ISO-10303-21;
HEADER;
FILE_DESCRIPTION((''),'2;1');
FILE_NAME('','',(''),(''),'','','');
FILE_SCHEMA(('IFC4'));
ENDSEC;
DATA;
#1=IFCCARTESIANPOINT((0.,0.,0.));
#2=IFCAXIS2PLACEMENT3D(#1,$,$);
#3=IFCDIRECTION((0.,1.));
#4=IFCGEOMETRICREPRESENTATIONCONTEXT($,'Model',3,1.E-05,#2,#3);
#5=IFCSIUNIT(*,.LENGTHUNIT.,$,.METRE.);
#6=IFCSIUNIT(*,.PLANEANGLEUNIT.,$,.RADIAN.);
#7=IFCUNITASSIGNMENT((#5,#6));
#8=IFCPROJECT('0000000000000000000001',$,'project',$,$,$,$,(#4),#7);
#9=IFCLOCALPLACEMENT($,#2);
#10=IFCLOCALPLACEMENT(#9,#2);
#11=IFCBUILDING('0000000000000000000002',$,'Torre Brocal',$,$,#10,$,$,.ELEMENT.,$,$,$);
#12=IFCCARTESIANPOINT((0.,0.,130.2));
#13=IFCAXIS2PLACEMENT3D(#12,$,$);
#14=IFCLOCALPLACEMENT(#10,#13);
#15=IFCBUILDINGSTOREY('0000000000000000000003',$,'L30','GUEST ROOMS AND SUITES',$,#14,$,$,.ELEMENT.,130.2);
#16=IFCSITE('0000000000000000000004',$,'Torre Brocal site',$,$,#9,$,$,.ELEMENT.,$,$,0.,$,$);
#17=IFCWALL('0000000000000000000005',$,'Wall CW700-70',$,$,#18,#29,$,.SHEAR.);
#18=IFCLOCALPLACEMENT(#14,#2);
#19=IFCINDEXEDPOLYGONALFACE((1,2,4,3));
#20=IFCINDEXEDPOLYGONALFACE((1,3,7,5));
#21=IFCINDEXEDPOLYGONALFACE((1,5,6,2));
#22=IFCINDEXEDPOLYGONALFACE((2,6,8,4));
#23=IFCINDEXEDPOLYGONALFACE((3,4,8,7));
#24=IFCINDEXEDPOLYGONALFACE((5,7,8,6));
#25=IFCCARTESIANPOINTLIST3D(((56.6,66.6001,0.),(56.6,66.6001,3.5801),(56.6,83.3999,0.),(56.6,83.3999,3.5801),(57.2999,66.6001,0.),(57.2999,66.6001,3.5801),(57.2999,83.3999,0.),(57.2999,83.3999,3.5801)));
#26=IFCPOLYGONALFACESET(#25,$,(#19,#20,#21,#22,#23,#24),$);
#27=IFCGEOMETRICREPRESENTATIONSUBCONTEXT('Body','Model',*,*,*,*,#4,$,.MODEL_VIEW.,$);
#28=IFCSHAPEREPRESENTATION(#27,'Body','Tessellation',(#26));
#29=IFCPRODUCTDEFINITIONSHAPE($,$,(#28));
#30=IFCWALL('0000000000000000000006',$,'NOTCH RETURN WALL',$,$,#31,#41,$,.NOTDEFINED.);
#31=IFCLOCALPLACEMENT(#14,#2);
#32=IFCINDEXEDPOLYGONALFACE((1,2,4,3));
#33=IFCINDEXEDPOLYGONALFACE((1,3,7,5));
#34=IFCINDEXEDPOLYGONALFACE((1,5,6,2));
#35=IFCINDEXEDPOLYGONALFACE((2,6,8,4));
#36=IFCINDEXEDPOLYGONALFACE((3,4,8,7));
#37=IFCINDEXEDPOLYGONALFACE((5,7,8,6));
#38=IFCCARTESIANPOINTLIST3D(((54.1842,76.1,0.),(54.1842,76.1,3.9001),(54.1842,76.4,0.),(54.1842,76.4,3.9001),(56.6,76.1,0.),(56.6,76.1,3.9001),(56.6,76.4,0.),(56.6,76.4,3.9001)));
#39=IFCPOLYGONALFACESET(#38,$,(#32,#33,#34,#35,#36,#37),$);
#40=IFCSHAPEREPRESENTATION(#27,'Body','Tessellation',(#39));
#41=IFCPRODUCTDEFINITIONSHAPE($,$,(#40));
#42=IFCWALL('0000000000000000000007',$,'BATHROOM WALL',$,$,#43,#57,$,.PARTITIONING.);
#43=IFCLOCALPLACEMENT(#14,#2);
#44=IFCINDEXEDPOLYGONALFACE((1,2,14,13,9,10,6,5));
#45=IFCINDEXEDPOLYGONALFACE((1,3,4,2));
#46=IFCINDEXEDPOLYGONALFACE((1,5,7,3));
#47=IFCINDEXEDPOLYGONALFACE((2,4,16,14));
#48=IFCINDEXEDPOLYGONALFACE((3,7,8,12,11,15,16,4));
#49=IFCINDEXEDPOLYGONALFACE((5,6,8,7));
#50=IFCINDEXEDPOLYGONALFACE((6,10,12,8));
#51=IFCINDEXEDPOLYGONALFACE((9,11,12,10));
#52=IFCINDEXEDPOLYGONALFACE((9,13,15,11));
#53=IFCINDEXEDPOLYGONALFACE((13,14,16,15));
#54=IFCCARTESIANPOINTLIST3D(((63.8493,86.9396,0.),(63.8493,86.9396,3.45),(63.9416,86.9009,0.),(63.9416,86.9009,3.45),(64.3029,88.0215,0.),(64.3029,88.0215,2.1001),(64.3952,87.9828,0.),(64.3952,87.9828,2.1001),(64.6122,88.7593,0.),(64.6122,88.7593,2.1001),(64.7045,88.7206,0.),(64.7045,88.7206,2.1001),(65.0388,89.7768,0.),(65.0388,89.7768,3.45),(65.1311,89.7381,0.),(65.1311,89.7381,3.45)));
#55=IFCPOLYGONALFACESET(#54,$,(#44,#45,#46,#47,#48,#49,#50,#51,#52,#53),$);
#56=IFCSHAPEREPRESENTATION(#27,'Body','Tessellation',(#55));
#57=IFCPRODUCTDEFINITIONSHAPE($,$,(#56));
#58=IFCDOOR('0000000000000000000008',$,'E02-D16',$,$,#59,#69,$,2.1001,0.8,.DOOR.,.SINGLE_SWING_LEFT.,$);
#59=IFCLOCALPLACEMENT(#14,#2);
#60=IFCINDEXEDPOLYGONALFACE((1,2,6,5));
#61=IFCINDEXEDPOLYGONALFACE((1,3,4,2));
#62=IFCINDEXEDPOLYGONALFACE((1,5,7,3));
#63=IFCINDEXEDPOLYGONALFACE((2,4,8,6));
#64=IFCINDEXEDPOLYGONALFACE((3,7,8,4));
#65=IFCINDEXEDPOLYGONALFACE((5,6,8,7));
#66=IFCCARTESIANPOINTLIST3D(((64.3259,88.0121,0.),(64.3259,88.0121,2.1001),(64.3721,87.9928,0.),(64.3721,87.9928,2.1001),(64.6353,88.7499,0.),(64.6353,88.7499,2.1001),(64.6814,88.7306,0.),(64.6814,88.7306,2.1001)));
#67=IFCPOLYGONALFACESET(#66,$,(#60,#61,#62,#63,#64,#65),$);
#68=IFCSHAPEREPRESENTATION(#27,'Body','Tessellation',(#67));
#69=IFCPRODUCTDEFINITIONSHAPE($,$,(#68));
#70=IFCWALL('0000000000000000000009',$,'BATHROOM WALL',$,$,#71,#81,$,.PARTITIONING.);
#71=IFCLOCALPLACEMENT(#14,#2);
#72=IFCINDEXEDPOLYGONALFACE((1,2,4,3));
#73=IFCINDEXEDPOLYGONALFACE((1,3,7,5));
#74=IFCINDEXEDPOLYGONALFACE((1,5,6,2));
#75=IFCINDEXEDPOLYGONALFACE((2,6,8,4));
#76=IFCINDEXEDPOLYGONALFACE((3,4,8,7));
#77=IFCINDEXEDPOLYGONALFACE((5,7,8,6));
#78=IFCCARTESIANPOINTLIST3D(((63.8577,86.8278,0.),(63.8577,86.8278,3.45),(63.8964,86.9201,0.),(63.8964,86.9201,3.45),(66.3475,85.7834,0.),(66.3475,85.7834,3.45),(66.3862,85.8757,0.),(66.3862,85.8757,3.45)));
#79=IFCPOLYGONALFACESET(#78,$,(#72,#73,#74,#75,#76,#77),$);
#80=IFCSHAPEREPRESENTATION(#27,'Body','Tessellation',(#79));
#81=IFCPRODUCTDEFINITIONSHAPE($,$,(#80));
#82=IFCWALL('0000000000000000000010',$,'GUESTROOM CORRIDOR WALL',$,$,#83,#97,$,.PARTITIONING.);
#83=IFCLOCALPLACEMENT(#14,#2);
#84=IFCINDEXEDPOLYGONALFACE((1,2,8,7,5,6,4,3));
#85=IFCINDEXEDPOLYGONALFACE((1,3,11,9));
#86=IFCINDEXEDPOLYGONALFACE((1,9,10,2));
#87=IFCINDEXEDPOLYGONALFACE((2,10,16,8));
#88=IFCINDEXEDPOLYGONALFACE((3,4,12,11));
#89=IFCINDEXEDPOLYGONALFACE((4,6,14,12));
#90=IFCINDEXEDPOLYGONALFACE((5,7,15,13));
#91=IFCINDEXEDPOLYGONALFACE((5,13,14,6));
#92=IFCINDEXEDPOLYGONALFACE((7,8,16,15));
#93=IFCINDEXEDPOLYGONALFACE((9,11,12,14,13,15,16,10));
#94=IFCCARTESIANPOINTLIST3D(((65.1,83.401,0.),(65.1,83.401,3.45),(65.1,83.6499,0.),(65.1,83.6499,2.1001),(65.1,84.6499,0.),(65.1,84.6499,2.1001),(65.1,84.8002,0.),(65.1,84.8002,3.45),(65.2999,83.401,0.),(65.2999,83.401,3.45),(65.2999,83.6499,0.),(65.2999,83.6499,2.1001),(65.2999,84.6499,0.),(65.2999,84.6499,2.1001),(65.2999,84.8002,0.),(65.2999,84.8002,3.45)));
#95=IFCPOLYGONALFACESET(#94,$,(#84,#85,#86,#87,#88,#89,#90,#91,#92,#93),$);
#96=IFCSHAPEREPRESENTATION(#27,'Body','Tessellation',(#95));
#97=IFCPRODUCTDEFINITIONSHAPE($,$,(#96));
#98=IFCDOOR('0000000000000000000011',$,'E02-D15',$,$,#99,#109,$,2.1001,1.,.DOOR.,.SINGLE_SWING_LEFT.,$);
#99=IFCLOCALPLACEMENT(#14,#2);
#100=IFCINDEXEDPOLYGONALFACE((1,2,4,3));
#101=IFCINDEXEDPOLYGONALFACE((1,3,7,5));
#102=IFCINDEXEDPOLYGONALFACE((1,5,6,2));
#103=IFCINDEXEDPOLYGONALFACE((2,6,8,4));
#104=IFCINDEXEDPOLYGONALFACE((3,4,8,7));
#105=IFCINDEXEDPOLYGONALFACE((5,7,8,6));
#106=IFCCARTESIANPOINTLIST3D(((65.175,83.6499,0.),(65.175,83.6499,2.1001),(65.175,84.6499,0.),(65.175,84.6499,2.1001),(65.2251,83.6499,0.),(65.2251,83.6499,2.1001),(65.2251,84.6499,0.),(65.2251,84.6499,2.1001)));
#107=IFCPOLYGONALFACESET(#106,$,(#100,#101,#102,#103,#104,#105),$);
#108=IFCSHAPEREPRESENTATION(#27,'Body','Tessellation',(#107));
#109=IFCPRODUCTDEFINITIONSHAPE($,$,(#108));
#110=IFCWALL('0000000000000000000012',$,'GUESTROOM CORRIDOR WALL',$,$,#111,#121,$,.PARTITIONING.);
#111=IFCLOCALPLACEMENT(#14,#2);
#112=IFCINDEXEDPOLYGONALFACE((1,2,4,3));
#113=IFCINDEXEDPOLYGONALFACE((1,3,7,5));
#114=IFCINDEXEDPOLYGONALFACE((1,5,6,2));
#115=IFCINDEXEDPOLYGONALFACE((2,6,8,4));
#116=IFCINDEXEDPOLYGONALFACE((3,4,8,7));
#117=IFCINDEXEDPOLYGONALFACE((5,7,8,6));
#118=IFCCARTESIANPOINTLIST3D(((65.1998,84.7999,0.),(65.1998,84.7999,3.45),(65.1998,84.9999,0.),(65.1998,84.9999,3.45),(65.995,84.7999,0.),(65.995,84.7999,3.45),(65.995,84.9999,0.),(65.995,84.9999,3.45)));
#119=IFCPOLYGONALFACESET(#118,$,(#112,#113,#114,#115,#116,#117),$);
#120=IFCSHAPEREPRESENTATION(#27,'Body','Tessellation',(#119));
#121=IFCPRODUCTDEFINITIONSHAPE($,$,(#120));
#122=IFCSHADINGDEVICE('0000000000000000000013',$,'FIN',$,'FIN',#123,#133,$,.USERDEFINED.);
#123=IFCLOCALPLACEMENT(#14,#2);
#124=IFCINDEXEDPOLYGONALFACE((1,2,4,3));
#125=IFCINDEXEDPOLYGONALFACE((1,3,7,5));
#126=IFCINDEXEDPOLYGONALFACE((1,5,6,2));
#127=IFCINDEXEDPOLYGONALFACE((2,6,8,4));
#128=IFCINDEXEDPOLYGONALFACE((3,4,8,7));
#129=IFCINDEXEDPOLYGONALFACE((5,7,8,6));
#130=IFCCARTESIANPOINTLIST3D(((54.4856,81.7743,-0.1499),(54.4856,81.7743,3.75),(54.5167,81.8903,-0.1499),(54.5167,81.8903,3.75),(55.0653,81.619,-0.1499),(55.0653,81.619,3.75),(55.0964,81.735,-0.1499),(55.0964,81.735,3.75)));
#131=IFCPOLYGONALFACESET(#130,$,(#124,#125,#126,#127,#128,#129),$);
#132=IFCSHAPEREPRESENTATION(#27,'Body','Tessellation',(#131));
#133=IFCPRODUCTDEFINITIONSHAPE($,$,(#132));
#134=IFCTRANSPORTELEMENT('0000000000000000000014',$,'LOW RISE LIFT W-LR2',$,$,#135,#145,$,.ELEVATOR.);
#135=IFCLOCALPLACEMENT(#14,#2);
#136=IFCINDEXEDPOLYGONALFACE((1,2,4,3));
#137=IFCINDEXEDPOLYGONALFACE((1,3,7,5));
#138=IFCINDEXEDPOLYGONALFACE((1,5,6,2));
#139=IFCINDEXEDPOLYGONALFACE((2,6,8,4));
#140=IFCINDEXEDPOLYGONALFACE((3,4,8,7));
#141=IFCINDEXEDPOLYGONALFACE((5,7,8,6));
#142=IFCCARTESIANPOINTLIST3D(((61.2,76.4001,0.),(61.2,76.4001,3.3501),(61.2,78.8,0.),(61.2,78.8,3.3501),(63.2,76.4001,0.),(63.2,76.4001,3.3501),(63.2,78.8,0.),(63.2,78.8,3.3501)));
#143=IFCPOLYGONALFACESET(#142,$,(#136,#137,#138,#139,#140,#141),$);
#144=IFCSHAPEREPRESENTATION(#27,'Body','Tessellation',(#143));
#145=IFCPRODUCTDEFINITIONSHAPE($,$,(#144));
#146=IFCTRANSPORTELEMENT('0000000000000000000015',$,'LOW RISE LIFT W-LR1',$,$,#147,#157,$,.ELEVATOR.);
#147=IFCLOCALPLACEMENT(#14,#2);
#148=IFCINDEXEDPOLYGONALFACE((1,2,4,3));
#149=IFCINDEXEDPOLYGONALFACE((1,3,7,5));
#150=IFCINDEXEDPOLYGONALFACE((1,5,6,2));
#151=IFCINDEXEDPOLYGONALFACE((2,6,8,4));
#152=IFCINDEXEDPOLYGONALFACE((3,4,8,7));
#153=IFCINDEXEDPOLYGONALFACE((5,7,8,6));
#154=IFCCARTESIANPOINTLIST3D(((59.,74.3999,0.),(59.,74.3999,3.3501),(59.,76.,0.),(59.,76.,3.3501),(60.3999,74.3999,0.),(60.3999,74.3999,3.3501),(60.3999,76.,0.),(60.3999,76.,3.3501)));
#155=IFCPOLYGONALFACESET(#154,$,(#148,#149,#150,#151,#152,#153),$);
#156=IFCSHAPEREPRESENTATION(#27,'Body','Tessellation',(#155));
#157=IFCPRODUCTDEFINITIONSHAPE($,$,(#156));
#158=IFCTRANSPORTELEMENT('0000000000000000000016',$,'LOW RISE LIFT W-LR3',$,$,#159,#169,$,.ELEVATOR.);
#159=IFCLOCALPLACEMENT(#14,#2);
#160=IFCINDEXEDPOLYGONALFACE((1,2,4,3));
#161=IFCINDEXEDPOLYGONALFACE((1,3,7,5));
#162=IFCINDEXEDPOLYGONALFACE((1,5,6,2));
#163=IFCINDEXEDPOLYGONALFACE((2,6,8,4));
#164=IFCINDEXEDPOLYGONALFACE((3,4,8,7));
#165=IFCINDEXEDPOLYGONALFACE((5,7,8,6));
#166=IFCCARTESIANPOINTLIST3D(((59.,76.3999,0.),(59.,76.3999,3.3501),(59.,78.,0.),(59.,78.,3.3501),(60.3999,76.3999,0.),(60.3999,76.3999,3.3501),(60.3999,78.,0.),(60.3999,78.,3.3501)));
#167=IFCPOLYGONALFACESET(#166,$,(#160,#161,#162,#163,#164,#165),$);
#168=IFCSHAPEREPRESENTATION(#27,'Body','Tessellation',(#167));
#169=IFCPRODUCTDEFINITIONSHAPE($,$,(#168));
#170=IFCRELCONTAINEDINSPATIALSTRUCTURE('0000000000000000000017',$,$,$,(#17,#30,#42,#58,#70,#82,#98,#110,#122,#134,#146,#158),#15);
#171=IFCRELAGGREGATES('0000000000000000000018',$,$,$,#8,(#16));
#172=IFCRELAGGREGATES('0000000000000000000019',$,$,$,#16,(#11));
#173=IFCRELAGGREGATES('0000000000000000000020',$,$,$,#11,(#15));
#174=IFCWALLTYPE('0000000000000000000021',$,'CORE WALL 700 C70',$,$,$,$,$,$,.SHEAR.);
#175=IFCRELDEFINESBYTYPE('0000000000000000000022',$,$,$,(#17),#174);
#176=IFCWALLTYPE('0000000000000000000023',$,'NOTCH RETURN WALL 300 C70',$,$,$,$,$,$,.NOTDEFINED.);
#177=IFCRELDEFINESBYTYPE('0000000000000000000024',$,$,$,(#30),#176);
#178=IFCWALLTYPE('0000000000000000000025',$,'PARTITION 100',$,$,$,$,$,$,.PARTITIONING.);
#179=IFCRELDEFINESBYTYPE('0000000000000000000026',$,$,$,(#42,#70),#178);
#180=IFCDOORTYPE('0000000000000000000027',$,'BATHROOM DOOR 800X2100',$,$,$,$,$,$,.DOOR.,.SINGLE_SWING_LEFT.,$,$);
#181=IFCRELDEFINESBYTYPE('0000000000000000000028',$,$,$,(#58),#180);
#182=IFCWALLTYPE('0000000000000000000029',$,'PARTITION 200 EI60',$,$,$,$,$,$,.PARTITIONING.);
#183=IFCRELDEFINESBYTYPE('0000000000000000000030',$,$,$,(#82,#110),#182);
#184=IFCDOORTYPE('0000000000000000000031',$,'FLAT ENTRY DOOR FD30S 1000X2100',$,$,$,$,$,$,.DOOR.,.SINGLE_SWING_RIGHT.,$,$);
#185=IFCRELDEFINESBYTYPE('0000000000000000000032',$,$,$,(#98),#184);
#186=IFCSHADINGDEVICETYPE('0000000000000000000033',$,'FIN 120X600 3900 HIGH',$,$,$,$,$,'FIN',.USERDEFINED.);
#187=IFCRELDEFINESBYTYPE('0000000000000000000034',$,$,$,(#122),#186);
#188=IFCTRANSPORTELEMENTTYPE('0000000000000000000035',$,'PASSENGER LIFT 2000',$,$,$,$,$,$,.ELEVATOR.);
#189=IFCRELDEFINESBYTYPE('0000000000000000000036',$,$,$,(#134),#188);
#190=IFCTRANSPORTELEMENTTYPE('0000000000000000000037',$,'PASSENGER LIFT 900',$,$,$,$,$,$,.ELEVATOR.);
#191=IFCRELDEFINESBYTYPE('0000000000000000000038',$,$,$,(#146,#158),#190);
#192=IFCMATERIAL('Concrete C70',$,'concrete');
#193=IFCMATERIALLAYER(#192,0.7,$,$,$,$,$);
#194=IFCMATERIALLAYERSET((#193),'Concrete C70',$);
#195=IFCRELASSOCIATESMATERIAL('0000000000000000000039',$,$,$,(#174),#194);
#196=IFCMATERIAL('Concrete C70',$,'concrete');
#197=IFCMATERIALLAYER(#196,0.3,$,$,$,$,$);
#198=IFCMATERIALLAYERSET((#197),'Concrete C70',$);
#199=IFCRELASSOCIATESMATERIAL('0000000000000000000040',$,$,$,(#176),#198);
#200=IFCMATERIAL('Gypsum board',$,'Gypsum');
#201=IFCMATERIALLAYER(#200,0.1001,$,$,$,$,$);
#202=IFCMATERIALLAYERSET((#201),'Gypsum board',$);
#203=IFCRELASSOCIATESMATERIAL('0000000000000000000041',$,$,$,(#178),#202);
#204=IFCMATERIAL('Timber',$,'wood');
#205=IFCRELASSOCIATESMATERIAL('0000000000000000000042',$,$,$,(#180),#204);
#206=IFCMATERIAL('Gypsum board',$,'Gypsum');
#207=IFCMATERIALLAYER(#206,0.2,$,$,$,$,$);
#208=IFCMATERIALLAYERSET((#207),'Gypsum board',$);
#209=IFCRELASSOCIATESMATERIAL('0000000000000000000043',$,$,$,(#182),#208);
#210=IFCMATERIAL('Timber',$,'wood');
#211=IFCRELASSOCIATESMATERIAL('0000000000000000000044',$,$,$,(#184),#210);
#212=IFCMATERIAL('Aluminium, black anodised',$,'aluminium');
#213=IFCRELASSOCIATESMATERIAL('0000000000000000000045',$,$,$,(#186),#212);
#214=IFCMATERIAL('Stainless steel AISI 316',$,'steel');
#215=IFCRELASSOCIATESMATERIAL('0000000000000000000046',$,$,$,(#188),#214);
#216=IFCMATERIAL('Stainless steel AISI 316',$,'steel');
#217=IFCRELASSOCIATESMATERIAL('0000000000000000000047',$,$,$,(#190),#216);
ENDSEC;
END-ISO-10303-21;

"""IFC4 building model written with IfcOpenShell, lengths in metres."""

from ifc_helpers import new_model, si_unit, direction, frame, frame_2d, origin, origin_2d, place, context, subcontext, project, spatial, rectangle, extrude, material, layer, layer_set, material_profile, profile_set, type_object, element, fill, save


model = new_model("IFC4")

# Units and contexts
model_context = context("Model", 3, precision=1e-05, world=origin(), true_north=direction((0.0, 1.0)))
body_context = subcontext(model_context, "Body", "Model", "MODEL_VIEW")
ifc_project = project(units=[si_unit("LENGTHUNIT", "METRE"), si_unit("PLANEANGLEUNIT", "RADIAN")], contexts=[model_context])

# Site, building, storey
site_placement = place(None, origin())
site = spatial("IfcSite", under=ifc_project, at=site_placement, Name="Torre Brocal site", CompositionType="ELEMENT", RefElevation=0.0)
building_placement = place(site_placement, origin())
building = spatial("IfcBuilding", under=site, at=building_placement, Name="Torre Brocal", CompositionType="ELEMENT")
storey_placement = place(building_placement, frame((0.0, 0.0, 130.2)))
storey = spatial("IfcBuildingStorey", under=building, at=storey_placement, Name="L30", Description="GUEST ROOMS AND SUITES", CompositionType="ELEMENT", Elevation=130.2)

# Walls
ifc_material_1 = material(Name="Concrete C70", Category="concrete")
ifc_layer_1 = layer(ifc_material_1, 0.7)
ifc_layer_set_1 = layer_set([ifc_layer_1], Name="Concrete C70")
wall_type_1 = type_object("IfcWallType", Name="CORE WALL 700 C70", PredefinedType="SHEAR", material=ifc_layer_set_1)
wall_1_placement = place(storey_placement, frame((56.95, 83.3999, 0.0), z_axis=(0.0, 0.0, 1.0), x_axis=(0.0, -1.0, 0.0)))
element("IfcWall", 1, at=wall_1_placement, inside=storey, type_object=wall_type_1, Name="Wall CW700-70", PredefinedType="SHEAR", context=body_context, shape_type="SweptSolid", body=[
    extrude(rectangle(XDim=16.7998, YDim=0.7, at=frame_2d((8.3999, 0.0))), origin(), (0.0, 0.0, 1.0), 3.5801),
])
ifc_material_2 = material(Name="Concrete C70", Category="concrete")
ifc_layer_2 = layer(ifc_material_2, 0.3)
ifc_layer_set_2 = layer_set([ifc_layer_2], Name="Concrete C70")
wall_type_2 = type_object("IfcWallType", Name="NOTCH RETURN WALL 300 C70", PredefinedType="NOTDEFINED", material=ifc_layer_set_2)
wall_2_placement = place(storey_placement, frame((56.6001, 76.25, 0.0), z_axis=(0.0, 0.0, 1.0), x_axis=(-1.0, 0.0, 0.0)))
element("IfcWall", 2, at=wall_2_placement, inside=storey, type_object=wall_type_2, Name="NOTCH RETURN WALL", PredefinedType="NOTDEFINED", context=body_context, shape_type="SweptSolid", body=[
    extrude(rectangle(XDim=2.4158, YDim=0.3, at=frame_2d((1.208, 0.0))), origin(), (0.0, 0.0, 1.0), 3.9001),
])

# Wall, opening, door
ifc_material_3 = material(Name="Gypsum board", Category="Gypsum")
ifc_layer_3 = layer(ifc_material_3, 0.1001)
ifc_layer_set_3 = layer_set([ifc_layer_3], Name="Gypsum board")
wall_type_3 = type_object("IfcWallType", Name="PARTITION 100", PredefinedType="PARTITIONING", material=ifc_layer_set_3)
wall_3_placement = place(storey_placement, frame((63.8955, 86.9204, 0.0), z_axis=(0.0, 0.0, 1.0), x_axis=(0.386637, 0.922232, 0.0)))
wall_3 = element("IfcWall", 3, at=wall_3_placement, inside=storey, type_object=wall_type_3, Name="BATHROOM WALL", PredefinedType="PARTITIONING", context=body_context, shape_type="SweptSolid", body=[
    extrude(rectangle(XDim=3.0764, YDim=0.1001, at=frame_2d((1.5381, 0.0))), origin(), (0.0, 0.0, 1.0), 3.45),
])
opening_1_placement = place(wall_3_placement, frame((1.1731, 0.0, 0.0)))
opening_1 = element("IfcOpeningElement", 4, at=opening_1_placement, cuts=wall_3, PredefinedType="OPENING", context=body_context, shape_type="SweptSolid", body=[
    extrude(rectangle(XDim=0.8, YDim=2.1001, at=frame_2d((0.3999, 1.05))), frame((0.0, 0.0601, 0.0), z_axis=(0.0, -1.0, 0.0), x_axis=(1.0, 0.0, 0.0)), (0.0, 0.0, 1.0), 0.1201),
])
ifc_material_4 = material(Name="Timber", Category="wood")
door_type_1 = type_object("IfcDoorType", Name="BATHROOM DOOR 800X2100", OperationType="SINGLE_SWING_LEFT", PredefinedType="DOOR", material=ifc_material_4)
door_1_placement = place(opening_1_placement, frame((0.8, 0.0, 0.0), z_axis=(0.0, 0.0, 1.0), x_axis=(-1.0, 0.0, 0.0)))
door_1 = element("IfcDoor", 5, at=door_1_placement, inside=storey, type_object=door_type_1, Name="E02-D16", OperationType="SINGLE_SWING_LEFT", OverallHeight=2.1001, OverallWidth=0.8, PredefinedType="DOOR", context=body_context, shape_type="SweptSolid", body=[
    extrude(rectangle(XDim=0.8, YDim=2.1001, at=frame_2d((0.3999, 1.05))), frame((0.0, 0.0249, 0.0), z_axis=(0.0, -1.0, 0.0), x_axis=(1.0, 0.0, 0.0)), (0.0, 0.0, 1.0), 0.05),
])
fill(opening_1, door_1)

# Wall
wall_4_placement = place(storey_placement, frame((63.877, 86.874, 0.0), z_axis=(0.0, 0.0, 1.0), x_axis=(0.922149, -0.386836, 0.0)))
element("IfcWall", 6, at=wall_4_placement, inside=storey, type_object=wall_type_3, Name="BATHROOM WALL", PredefinedType="PARTITIONING", context=body_context, shape_type="SweptSolid", body=[
    extrude(rectangle(XDim=2.7, YDim=0.1001, at=frame_2d((1.3501, 0.0))), origin(), (0.0, 0.0, 1.0), 3.45),
])

# Wall, opening, door
ifc_material_5 = material(Name="Gypsum board", Category="Gypsum")
ifc_layer_4 = layer(ifc_material_5, 0.2)
ifc_layer_set_4 = layer_set([ifc_layer_4], Name="Gypsum board")
wall_type_4 = type_object("IfcWallType", Name="PARTITION 200 EI60", PredefinedType="PARTITIONING", material=ifc_layer_set_4)
wall_5_placement = place(storey_placement, frame((65.2, 83.4009, 0.0), z_axis=(0.0, 0.0, 1.0), x_axis=(0.0, 1.0, 0.0)))
wall_5 = element("IfcWall", 7, at=wall_5_placement, inside=storey, type_object=wall_type_4, Name="GUESTROOM CORRIDOR WALL", PredefinedType="PARTITIONING", context=body_context, shape_type="SweptSolid", body=[
    extrude(rectangle(XDim=1.3992, YDim=0.2, at=frame_2d((0.6997, 0.0))), origin(), (0.0, 0.0, 1.0), 3.45),
])
opening_2_placement = place(wall_5_placement, frame((0.249, 0.0, 0.0)))
opening_2 = element("IfcOpeningElement", 8, at=opening_2_placement, cuts=wall_5, PredefinedType="OPENING", context=body_context, shape_type="SweptSolid", body=[
    extrude(rectangle(XDim=1.0, YDim=2.1001, at=frame_2d((0.5, 1.05))), frame((0.0, 0.1099, 0.0), z_axis=(0.0, -1.0, 0.0), x_axis=(1.0, 0.0, 0.0)), (0.0, 0.0, 1.0), 0.22),
])
ifc_material_6 = material(Name="Timber", Category="wood")
door_type_2 = type_object("IfcDoorType", Name="FLAT ENTRY DOOR FD30S 1000X2100", OperationType="SINGLE_SWING_RIGHT", PredefinedType="DOOR", material=ifc_material_6)
door_2_placement = place(opening_2_placement, origin())
door_2 = element("IfcDoor", 9, at=door_2_placement, inside=storey, type_object=door_type_2, Name="E02-D15", OperationType="SINGLE_SWING_LEFT", OverallHeight=2.1001, OverallWidth=1.0, PredefinedType="DOOR", context=body_context, shape_type="SweptSolid", body=[
    extrude(rectangle(XDim=1.0, YDim=2.1001, at=frame_2d((0.5, 1.05))), frame((0.0, 0.0249, 0.0), z_axis=(0.0, -1.0, 0.0), x_axis=(1.0, 0.0, 0.0)), (0.0, 0.0, 1.0), 0.05),
])
fill(opening_2, door_2)

# Wall
wall_6_placement = place(storey_placement, frame((65.2, 84.8999, 0.0), z_axis=(0.0, 0.0, 1.0), x_axis=(1.0, 0.0, 0.0)))
element("IfcWall", 10, at=wall_6_placement, inside=storey, type_object=wall_type_4, Name="GUESTROOM CORRIDOR WALL", PredefinedType="PARTITIONING", context=body_context, shape_type="SweptSolid", body=[
    extrude(rectangle(XDim=0.7952, YDim=0.2, at=frame_2d((0.3975, 0.0))), origin(), (0.0, 0.0, 1.0), 3.45),
])

# Shading device
ifc_material_7 = material(Name="Aluminium, black anodised", Category="aluminium")
ifc_material_profile_1 = material_profile(ifc_material_7, rectangle(XDim=0.1201, YDim=0.6001, at=origin_2d()), Name="FIN 120X600 3900 HIGH")
ifc_profile_set_1 = profile_set([ifc_material_profile_1], Name="Aluminium, black anodised")
shading_device_type = type_object("IfcShadingDeviceType", Name="FIN 120X600 3900 HIGH", ElementType="FIN", PredefinedType="USERDEFINED", material=ifc_profile_set_1)
shading_device_placement = place(storey_placement, frame((54.791, 81.7546, -0.1499), z_axis=(0.0, 0.0, 1.0), x_axis=(-0.258819, -0.965926, 0.0)))
element("IfcShadingDevice", 11, at=shading_device_placement, inside=storey, type_object=shading_device_type, Name="FIN", ObjectType="FIN", PredefinedType="USERDEFINED", context=body_context, shape_type="SweptSolid", body=[
    extrude(rectangle(XDim=0.1201, YDim=0.6001, at=origin_2d()), origin(), (0.0, 0.0, 1.0), 3.8999),
])

# Transport elements
ifc_material_8 = material(Name="Stainless steel AISI 316", Category="steel")
transport_element_type_1 = type_object("IfcTransportElementType", Name="PASSENGER LIFT 2000", PredefinedType="ELEVATOR", material=ifc_material_8)
transport_element_placement = place(storey_placement, frame((62.2, 77.6001, 0.0), z_axis=(0.0, 0.0, 1.0), x_axis=(1.0, 0.0, 0.0)))
element("IfcTransportElement", 12, at=transport_element_placement, inside=storey, type_object=transport_element_type_1, Name="LOW RISE LIFT W-LR2", PredefinedType="ELEVATOR", context=body_context, shape_type="SweptSolid", body=[
    extrude(rectangle(XDim=2.0, YDim=2.3999, at=origin_2d()), origin(), (0.0, 0.0, 1.0), 3.3501),
])
ifc_material_9 = material(Name="Stainless steel AISI 316", Category="steel")
transport_element_type_2 = type_object("IfcTransportElementType", Name="PASSENGER LIFT 900", PredefinedType="ELEVATOR", material=ifc_material_9)
for number, where, z_axis, x_axis, name in (
    (13, (59.7, 75.2, 0.0), (0.0, 0.0, 1.0), (1.0, 0.0, 0.0), "LOW RISE LIFT W-LR1"),
    (14, (59.7, 77.2, 0.0), (0.0, 0.0, 1.0), (1.0, 0.0, 0.0), "LOW RISE LIFT W-LR3"),
):
    element("IfcTransportElement", number, at=place(storey_placement, frame(where, z_axis=z_axis, x_axis=x_axis)), inside=storey, type_object=transport_element_type_2, Name=name, PredefinedType="ELEVATOR", context=body_context, shape_type="SweptSolid", body=[
        extrude(rectangle(XDim=1.3999, YDim=1.6001, at=origin_2d()), origin(), (0.0, 0.0, 1.0), 3.3501),
    ])

save(model, "model.ifc")
